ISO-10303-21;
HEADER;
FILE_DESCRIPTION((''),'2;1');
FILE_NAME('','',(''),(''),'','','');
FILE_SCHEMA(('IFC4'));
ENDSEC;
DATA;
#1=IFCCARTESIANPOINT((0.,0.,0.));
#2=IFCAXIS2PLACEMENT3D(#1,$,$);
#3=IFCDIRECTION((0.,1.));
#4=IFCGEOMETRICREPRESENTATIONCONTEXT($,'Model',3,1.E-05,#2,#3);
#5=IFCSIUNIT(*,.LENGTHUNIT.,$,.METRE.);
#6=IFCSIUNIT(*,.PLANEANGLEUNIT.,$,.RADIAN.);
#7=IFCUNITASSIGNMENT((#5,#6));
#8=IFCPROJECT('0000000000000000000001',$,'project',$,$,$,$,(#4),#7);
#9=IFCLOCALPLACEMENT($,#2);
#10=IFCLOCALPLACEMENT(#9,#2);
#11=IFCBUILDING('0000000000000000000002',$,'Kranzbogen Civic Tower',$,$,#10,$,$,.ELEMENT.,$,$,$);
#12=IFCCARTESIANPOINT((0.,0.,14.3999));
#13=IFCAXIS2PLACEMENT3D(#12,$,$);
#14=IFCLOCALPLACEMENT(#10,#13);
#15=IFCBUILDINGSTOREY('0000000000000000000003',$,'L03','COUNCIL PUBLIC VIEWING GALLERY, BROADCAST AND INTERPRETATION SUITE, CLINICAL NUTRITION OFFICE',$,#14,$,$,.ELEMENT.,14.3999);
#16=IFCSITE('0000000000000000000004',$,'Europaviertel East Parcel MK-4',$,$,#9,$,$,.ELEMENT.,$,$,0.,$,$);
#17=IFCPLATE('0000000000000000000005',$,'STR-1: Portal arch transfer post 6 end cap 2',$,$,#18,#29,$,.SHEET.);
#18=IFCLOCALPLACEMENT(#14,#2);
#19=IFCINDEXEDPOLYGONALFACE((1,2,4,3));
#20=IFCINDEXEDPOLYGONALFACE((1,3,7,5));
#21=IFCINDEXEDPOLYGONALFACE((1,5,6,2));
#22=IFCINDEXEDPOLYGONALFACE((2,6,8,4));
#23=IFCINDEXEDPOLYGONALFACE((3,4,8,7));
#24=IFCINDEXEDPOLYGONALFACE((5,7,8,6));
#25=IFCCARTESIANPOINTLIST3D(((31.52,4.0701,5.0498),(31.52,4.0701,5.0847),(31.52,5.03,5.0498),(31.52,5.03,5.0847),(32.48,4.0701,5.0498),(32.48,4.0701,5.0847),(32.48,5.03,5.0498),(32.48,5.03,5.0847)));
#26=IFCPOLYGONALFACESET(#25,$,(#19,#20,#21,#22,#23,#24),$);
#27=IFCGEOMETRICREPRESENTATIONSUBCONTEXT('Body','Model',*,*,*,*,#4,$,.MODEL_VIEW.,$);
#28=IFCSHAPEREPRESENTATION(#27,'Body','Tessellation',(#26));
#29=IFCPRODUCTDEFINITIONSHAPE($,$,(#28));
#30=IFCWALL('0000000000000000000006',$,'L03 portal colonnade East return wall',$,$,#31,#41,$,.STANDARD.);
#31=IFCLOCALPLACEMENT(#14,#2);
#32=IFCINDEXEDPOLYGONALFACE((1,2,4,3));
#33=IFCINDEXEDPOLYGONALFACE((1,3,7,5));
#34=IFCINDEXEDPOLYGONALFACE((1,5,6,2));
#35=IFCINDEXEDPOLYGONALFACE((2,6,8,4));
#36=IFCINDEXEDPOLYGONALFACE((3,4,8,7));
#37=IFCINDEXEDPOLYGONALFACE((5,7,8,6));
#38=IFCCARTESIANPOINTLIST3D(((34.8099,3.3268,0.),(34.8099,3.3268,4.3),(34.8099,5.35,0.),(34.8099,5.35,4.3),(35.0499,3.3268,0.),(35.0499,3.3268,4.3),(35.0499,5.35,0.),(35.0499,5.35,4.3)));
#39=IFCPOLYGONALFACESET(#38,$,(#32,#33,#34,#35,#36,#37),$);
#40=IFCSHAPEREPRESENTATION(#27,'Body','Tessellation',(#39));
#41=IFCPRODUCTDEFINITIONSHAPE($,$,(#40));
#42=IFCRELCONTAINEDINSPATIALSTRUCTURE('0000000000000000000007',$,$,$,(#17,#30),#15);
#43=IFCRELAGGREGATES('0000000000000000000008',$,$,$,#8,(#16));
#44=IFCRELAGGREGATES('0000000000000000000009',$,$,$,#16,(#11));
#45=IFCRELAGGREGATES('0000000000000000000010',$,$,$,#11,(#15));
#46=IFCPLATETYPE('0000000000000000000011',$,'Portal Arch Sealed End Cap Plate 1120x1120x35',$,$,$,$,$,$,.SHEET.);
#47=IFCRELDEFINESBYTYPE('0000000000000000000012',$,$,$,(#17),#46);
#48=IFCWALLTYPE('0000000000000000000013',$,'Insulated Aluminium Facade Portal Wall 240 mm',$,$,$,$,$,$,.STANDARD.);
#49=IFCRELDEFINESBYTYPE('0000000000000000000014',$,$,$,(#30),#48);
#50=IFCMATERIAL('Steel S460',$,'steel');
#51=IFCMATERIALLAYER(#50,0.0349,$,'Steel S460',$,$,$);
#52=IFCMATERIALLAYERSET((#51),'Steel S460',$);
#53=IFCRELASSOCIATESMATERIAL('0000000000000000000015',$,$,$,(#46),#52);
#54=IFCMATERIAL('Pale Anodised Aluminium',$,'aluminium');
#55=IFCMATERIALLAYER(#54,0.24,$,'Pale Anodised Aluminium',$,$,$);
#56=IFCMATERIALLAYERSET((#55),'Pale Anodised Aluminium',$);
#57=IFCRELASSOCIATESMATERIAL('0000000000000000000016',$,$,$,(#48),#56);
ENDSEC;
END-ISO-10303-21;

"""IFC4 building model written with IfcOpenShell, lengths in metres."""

from ifc_helpers import new_model, si_unit, direction, frame, frame_2d, origin, origin_2d, place, context, subcontext, project, spatial, rectangle, extrude, material, layer, layer_set, type_object, element, save


model = new_model("IFC4")

# Units and contexts
model_context = context("Model", 3, precision=1e-05, world=origin(), true_north=direction((0.0, 1.0)))
body_context = subcontext(model_context, "Body", "Model", "MODEL_VIEW")
ifc_project = project(units=[si_unit("LENGTHUNIT", "METRE"), si_unit("PLANEANGLEUNIT", "RADIAN")], contexts=[model_context])

# Site, building, storey
site_placement = place(None, origin())
site = spatial("IfcSite", under=ifc_project, at=site_placement, Name="Europaviertel East Parcel MK-4", CompositionType="ELEMENT", RefElevation=0.0)
building_placement = place(site_placement, origin())
building = spatial("IfcBuilding", under=site, at=building_placement, Name="Kranzbogen Civic Tower", CompositionType="ELEMENT")
storey_placement = place(building_placement, frame((0.0, 0.0, 14.3999)))
storey = spatial("IfcBuildingStorey", under=building, at=storey_placement, Name="L03", Description="COUNCIL PUBLIC VIEWING GALLERY, BROADCAST AND INTERPRETATION SUITE, CLINICAL NUTRITION OFFICE", CompositionType="ELEMENT", Elevation=14.3999)

# Shared definitions
ifc_material_1 = material(Name="Pale Anodised Aluminium", Category="aluminium")

# Shared definitions
ifc_material_2 = material(Name="Steel S460", Category="steel")

# Plate
ifc_layer_1 = layer(ifc_material_2, 0.0349, Name="Steel S460")
ifc_layer_set_1 = layer_set([ifc_layer_1], Name="Steel S460")
plate_type_1 = type_object("IfcPlateType", Name="Portal Arch Sealed End Cap Plate 1120x1120x35", PredefinedType="SHEET", material=ifc_layer_set_1)
for number, where, z_axis, x_axis, name in (
    (1, (32.0, 4.55, 5.0498), (0.0, 0.0, 1.0), (1.0, 0.0, 0.0), "STR-1: Portal arch transfer post 6 end cap 2"),
):
    element("IfcPlate", number, at=place(storey_placement, frame(where, z_axis=z_axis, x_axis=x_axis)), inside=storey, type_object=plate_type_1, Name=name, PredefinedType="SHEET", context=body_context, shape_type="SweptSolid", body=[
        extrude(rectangle(XDim=0.96, YDim=0.96, at=origin_2d()), origin(), (0.0, 0.0, 1.0), 0.0349),
    ])

# Wall
ifc_layer_2 = layer(ifc_material_1, 0.24, Name="Pale Anodised Aluminium")
ifc_layer_set_2 = layer_set([ifc_layer_2], Name="Pale Anodised Aluminium")
wall_type = type_object("IfcWallType", Name="Insulated Aluminium Facade Portal Wall 240 mm", PredefinedType="STANDARD", material=ifc_layer_set_2)
wall_placement = place(storey_placement, frame((34.9299, 5.3501, 0.0), z_axis=(0.0, 0.0, 1.0), x_axis=(0.0, -1.0, 0.0)))
element("IfcWall", 2, at=wall_placement, inside=storey, type_object=wall_type, Name="L03 portal colonnade East return wall", PredefinedType="STANDARD", context=body_context, shape_type="SweptSolid", body=[
    extrude(rectangle(XDim=2.0232, YDim=0.24, at=frame_2d((1.0117, 0.0))), origin(), (0.0, 0.0, 1.0), 4.3),
])

save(model, "model.ifc")
